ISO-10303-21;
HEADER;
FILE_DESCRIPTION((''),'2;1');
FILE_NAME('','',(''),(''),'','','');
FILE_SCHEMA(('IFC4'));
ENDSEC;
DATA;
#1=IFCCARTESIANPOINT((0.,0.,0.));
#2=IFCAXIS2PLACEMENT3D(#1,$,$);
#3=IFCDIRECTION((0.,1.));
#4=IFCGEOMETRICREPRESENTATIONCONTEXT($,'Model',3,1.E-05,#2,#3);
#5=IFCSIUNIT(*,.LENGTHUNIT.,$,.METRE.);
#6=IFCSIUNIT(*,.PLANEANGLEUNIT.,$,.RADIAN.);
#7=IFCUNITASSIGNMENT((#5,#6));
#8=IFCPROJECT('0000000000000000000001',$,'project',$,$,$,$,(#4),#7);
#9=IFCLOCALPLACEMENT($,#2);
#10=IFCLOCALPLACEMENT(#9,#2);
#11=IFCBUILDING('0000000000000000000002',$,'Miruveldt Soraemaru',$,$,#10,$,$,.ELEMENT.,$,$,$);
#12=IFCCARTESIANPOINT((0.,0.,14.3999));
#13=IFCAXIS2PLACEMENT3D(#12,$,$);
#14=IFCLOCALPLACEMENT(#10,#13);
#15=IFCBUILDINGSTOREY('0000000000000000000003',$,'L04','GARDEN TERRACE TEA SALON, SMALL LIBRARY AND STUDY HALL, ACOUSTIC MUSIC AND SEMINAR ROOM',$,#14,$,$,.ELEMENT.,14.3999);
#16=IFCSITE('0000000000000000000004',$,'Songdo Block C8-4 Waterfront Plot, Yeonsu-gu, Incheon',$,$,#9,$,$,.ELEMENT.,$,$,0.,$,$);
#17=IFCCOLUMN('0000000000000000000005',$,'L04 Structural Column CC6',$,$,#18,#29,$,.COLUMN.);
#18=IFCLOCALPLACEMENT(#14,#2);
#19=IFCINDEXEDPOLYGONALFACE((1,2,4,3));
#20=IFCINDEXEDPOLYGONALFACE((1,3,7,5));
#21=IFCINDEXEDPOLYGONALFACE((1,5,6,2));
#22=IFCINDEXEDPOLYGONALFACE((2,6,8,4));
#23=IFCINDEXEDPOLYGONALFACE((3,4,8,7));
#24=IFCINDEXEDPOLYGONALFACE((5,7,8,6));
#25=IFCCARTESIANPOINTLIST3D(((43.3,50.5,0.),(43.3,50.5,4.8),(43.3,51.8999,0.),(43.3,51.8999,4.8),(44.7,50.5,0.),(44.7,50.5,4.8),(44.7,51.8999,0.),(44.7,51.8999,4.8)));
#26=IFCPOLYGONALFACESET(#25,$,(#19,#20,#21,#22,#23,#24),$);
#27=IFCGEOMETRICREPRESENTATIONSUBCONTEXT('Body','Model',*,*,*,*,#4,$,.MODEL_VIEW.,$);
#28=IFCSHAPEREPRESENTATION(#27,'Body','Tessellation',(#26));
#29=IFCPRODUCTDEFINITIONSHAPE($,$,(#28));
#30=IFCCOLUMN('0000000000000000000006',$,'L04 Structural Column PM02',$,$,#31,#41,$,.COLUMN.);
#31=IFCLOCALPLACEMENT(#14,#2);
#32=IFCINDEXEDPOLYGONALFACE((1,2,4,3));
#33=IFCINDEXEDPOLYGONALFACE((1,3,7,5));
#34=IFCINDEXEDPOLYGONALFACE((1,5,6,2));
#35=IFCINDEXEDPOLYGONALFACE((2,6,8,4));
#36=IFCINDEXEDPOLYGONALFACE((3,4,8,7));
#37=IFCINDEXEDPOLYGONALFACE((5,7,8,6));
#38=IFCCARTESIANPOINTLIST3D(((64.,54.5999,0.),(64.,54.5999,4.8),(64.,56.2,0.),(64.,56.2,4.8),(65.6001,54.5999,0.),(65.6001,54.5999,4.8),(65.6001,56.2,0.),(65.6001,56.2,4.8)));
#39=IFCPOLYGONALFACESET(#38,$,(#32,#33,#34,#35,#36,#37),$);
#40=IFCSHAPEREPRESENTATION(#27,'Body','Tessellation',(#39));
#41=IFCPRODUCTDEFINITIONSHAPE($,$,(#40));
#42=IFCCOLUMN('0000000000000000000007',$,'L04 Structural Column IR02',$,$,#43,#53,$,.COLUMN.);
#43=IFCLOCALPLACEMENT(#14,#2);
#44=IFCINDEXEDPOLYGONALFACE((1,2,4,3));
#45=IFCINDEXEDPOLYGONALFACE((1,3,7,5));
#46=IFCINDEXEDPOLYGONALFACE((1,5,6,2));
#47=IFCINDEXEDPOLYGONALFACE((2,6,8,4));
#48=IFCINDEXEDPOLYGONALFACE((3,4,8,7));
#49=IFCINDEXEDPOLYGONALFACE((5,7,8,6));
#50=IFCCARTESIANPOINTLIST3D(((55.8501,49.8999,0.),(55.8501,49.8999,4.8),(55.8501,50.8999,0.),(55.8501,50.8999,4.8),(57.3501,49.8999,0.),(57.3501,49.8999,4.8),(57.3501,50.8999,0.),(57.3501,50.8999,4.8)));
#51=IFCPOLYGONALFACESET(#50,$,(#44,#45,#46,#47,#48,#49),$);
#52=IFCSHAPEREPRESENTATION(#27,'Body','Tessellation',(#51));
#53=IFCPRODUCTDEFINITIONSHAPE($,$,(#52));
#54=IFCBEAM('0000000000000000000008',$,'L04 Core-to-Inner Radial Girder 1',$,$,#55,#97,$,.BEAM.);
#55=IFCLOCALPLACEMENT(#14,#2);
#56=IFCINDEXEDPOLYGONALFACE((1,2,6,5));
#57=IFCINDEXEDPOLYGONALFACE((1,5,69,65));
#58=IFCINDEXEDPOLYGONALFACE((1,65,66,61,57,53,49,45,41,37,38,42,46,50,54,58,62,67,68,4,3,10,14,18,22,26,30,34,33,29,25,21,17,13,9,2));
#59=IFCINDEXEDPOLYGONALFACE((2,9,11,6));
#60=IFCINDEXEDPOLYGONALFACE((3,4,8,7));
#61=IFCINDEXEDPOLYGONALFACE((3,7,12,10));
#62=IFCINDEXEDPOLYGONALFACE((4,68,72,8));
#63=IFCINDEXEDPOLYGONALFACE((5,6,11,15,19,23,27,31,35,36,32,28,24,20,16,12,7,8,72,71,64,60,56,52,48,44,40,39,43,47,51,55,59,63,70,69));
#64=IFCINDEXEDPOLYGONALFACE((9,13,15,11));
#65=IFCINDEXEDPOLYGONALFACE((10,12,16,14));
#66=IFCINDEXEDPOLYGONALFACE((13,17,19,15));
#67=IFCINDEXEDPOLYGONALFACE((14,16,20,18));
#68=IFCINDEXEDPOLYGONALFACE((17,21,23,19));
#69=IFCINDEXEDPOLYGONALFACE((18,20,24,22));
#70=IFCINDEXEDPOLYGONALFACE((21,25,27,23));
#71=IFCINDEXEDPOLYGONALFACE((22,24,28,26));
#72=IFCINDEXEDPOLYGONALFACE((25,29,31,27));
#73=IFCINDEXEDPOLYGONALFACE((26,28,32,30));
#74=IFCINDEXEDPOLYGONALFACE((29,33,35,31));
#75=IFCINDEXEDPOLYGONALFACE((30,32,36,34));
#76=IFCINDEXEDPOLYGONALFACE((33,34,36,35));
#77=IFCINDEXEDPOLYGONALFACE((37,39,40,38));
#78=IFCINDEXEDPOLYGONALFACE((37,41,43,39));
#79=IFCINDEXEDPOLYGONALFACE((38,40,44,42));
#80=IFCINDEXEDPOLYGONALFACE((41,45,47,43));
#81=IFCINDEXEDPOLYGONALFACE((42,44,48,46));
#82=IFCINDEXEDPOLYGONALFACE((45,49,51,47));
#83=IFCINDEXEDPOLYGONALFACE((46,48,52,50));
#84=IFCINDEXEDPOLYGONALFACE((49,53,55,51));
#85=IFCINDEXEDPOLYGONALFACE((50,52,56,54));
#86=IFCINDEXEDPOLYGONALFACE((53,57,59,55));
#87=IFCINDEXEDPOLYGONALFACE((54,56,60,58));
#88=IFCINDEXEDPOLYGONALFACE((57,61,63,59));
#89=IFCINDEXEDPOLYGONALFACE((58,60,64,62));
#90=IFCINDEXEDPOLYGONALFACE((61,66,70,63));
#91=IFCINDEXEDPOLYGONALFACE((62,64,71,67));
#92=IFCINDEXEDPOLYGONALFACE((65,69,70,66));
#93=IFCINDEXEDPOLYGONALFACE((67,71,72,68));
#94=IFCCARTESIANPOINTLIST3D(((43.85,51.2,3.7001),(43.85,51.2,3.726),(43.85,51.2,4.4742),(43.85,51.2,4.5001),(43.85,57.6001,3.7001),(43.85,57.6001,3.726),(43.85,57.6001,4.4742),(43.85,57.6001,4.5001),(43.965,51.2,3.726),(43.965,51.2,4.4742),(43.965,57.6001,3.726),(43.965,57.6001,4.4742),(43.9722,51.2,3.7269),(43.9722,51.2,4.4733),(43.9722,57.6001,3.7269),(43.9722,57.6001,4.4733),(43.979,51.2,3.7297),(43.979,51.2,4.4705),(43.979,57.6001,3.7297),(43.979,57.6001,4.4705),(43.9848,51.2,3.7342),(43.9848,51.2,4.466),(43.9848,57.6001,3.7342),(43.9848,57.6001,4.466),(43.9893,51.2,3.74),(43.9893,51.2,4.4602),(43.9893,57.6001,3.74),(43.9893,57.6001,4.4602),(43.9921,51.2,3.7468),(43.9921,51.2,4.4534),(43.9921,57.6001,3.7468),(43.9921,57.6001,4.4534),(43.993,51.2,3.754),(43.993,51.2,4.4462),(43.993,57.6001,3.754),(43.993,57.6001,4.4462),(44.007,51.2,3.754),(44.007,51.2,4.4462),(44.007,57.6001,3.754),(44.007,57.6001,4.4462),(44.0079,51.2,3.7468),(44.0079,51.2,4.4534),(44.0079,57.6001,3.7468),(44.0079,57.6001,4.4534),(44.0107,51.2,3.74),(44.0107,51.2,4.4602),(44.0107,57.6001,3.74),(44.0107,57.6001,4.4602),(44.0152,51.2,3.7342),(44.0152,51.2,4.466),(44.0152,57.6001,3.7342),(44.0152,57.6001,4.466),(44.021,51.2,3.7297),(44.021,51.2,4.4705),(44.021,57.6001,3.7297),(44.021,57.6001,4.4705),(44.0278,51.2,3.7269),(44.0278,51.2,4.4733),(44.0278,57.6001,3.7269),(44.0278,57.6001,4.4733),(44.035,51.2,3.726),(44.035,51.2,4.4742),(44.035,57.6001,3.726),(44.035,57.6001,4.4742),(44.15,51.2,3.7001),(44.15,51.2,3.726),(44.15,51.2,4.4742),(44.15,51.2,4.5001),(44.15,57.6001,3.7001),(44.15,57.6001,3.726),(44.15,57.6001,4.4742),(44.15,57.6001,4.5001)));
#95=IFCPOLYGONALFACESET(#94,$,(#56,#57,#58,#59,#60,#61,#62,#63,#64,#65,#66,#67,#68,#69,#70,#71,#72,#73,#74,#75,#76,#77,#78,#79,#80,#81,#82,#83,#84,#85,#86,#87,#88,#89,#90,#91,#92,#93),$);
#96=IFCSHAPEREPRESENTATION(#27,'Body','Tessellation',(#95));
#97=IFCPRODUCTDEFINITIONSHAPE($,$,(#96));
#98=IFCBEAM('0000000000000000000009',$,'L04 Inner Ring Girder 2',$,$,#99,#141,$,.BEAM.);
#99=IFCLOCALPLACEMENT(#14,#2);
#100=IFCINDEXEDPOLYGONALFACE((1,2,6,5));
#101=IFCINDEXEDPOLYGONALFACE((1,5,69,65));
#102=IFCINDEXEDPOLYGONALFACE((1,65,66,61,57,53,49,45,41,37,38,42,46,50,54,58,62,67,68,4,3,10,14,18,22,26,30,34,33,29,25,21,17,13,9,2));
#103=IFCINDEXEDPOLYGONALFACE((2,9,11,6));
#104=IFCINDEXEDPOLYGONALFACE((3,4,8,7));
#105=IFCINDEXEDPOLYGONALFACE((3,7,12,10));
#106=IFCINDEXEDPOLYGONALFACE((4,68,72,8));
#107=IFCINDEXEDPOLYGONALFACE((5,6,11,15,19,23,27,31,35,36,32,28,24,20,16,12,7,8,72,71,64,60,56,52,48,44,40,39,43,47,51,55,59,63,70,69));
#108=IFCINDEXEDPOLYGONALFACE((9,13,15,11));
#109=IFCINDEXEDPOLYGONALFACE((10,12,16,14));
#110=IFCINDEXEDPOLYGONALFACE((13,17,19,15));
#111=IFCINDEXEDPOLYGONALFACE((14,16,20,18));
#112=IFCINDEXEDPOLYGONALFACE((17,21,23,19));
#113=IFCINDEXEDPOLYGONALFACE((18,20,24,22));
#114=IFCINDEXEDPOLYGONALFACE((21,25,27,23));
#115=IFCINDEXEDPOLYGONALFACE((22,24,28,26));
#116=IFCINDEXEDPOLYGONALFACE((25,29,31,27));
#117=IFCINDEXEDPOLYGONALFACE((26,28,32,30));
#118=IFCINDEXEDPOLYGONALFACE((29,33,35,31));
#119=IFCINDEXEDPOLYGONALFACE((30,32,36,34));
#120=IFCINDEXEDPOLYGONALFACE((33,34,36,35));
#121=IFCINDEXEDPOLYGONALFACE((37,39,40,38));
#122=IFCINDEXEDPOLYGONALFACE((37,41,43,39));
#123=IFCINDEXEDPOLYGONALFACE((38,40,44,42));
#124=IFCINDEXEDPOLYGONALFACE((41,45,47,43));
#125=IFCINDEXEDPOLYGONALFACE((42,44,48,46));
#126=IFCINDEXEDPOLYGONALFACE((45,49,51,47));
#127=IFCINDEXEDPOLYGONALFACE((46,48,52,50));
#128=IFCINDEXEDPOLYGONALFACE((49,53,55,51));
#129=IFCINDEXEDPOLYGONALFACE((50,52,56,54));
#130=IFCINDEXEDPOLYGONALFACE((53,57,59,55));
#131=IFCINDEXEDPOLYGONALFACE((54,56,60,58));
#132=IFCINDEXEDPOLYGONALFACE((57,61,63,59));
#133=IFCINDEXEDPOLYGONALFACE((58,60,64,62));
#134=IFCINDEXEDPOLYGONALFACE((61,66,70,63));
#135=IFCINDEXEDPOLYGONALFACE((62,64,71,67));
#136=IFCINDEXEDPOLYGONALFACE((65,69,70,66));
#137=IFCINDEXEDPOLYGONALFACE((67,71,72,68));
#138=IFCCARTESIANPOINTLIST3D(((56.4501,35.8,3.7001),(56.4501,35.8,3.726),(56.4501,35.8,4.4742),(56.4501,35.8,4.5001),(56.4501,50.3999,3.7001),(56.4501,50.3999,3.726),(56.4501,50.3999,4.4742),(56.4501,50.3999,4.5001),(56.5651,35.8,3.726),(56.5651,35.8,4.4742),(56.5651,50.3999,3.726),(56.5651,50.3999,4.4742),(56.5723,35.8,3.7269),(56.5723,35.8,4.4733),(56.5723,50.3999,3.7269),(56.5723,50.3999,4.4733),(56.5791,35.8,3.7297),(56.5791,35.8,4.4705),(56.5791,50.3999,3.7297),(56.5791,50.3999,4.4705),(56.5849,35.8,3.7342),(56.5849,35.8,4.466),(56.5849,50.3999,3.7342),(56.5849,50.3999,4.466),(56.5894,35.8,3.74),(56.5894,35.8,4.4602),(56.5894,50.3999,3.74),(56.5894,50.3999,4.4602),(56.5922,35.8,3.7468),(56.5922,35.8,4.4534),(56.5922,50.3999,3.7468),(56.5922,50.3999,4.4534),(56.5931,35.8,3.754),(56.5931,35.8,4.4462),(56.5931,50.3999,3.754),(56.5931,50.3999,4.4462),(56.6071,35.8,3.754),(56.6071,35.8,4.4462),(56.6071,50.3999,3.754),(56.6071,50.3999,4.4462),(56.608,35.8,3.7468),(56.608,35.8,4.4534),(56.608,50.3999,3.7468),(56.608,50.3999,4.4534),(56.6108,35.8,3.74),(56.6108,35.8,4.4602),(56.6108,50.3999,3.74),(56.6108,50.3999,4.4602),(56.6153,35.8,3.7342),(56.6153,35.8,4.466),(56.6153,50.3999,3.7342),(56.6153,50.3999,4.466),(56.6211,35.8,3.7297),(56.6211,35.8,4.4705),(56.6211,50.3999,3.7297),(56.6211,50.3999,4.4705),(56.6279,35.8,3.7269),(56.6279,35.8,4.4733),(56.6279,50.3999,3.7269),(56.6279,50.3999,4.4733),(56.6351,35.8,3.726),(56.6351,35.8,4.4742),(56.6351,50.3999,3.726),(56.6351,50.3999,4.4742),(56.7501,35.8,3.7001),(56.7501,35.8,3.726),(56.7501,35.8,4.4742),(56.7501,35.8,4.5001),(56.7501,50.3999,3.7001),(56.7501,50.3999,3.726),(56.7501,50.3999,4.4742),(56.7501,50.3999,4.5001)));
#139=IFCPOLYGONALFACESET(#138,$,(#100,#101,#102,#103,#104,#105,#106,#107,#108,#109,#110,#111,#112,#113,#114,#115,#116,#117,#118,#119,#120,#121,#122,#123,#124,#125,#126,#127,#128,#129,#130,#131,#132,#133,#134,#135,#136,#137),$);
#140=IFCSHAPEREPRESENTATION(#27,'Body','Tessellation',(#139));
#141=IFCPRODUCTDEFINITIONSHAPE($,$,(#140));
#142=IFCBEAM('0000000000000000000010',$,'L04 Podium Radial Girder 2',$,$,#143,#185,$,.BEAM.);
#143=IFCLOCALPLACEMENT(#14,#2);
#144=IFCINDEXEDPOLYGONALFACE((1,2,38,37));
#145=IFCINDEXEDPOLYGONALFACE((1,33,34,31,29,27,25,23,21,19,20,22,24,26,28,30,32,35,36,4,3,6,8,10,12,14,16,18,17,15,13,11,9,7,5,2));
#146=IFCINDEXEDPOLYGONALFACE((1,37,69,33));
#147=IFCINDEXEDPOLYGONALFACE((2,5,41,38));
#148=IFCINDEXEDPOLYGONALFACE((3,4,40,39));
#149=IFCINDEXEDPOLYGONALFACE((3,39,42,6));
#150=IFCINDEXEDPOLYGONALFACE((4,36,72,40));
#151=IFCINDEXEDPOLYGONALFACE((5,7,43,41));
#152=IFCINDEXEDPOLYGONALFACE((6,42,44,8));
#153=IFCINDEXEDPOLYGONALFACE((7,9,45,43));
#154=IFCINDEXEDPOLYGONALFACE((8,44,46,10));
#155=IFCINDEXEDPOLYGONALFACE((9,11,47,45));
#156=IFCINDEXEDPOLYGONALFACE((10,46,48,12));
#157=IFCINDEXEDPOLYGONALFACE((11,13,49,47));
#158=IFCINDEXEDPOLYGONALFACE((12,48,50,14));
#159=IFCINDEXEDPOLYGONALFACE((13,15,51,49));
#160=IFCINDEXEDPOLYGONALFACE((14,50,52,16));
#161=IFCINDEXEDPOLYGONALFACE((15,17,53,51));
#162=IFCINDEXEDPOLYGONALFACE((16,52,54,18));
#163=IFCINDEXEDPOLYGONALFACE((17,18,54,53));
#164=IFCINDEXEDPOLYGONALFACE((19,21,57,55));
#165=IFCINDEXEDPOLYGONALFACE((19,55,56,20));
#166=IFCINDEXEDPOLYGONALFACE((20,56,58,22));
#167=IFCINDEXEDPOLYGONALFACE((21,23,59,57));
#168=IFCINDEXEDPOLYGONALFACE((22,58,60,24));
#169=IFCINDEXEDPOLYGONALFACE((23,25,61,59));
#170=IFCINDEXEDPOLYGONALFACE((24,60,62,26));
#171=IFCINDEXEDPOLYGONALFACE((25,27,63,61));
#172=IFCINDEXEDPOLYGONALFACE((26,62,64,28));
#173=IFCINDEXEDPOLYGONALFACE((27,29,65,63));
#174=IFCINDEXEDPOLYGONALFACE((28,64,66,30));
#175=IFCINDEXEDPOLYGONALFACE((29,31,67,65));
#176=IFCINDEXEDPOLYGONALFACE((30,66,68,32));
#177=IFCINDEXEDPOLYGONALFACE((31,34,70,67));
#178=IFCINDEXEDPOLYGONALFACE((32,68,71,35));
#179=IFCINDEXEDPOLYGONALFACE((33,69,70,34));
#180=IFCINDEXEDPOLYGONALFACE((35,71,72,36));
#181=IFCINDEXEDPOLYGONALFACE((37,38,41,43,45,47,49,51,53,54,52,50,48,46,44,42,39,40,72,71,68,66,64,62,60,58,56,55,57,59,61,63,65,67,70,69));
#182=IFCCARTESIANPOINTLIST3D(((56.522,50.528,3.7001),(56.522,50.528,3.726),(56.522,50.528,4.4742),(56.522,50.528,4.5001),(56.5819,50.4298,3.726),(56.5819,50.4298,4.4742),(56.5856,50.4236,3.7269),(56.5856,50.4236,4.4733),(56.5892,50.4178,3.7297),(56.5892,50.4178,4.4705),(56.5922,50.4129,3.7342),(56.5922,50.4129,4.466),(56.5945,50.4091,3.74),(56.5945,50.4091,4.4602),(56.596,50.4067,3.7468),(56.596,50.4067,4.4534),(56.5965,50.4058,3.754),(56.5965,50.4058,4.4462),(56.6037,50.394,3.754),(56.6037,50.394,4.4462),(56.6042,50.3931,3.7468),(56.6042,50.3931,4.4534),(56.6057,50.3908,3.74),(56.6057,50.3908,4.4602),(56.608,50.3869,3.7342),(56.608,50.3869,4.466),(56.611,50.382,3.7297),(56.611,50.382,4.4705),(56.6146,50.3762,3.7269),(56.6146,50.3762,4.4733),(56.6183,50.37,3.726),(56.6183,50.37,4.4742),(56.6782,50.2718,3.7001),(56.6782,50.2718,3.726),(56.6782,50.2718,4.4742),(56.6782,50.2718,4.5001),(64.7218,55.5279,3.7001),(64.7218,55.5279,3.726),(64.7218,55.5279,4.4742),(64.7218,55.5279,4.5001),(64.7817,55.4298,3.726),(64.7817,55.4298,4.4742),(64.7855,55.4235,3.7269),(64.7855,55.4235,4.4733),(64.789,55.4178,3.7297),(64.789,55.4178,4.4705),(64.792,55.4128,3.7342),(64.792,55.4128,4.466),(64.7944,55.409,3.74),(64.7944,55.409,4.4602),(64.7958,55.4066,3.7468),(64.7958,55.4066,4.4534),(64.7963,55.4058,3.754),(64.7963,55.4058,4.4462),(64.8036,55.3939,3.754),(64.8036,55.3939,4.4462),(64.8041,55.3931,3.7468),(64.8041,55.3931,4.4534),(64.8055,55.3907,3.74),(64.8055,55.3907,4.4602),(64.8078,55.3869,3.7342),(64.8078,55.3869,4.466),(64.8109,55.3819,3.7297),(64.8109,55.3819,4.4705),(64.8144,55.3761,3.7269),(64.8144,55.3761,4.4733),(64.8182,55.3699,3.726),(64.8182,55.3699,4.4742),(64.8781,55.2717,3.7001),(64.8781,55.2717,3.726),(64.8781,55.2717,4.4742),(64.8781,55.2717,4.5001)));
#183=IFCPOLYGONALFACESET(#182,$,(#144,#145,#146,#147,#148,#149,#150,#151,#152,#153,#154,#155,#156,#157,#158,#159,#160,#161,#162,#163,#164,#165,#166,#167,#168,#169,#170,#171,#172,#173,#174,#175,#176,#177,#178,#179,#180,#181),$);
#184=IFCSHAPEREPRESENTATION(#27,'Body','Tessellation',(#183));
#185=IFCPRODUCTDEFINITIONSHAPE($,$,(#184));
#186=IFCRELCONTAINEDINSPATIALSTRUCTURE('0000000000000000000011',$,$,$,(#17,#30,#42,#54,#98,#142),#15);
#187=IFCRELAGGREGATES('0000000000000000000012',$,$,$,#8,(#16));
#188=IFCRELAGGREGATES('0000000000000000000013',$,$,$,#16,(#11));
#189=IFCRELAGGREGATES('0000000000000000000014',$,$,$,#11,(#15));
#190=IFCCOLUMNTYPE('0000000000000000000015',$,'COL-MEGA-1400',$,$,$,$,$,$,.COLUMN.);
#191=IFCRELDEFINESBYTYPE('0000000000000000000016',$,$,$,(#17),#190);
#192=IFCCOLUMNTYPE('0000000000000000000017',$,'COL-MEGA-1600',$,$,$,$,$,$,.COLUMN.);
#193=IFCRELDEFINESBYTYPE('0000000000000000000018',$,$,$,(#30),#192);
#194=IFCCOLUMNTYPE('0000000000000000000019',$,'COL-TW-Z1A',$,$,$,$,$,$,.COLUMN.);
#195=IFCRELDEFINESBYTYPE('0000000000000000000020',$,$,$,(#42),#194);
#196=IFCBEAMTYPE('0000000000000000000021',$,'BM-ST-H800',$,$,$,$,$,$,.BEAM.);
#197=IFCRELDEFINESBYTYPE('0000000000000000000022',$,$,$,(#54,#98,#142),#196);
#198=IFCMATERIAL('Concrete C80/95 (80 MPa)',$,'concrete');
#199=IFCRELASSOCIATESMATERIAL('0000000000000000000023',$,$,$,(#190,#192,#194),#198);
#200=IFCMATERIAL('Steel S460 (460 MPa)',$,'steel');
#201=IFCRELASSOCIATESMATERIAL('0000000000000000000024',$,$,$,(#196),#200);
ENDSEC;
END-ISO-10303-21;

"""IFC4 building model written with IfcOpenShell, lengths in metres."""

from ifc_helpers import new_model, si_unit, direction, frame, origin, origin_2d, place, context, subcontext, project, spatial, rectangle, i_section, extrude, material, material_profile, profile_set, type_object, element, save


model = new_model("IFC4")

# Units and contexts
model_context = context("Model", 3, precision=1e-05, world=origin(), true_north=direction((0.0, 1.0)))
body_context = subcontext(model_context, "Body", "Model", "MODEL_VIEW")
ifc_project = project(units=[si_unit("LENGTHUNIT", "METRE"), si_unit("PLANEANGLEUNIT", "RADIAN")], contexts=[model_context])

# Site, building, storey
site_placement = place(None, origin())
site = spatial("IfcSite", under=ifc_project, at=site_placement, Name="Songdo Block C8-4 Waterfront Plot, Yeonsu-gu, Incheon", CompositionType="ELEMENT", RefElevation=0.0)
building_placement = place(site_placement, origin())
building = spatial("IfcBuilding", under=site, at=building_placement, Name="Miruveldt Soraemaru", CompositionType="ELEMENT")
storey_placement = place(building_placement, frame((0.0, 0.0, 14.3999)))
storey = spatial("IfcBuildingStorey", under=building, at=storey_placement, Name="L04", Description="GARDEN TERRACE TEA SALON, SMALL LIBRARY AND STUDY HALL, ACOUSTIC MUSIC AND SEMINAR ROOM", CompositionType="ELEMENT", Elevation=14.3999)

# Columns
ifc_material_1 = material(Name="Concrete C80/95 (80 MPa)", Category="concrete")
ifc_material_profile_1 = material_profile(ifc_material_1, rectangle(XDim=1.3999, YDim=1.3999, at=origin_2d()), Name="Concrete C80/95 (80 MPa)", Category="concrete")
ifc_profile_set_1 = profile_set([ifc_material_profile_1], Name="Concrete C80/95 (80 MPa)")
column_type_1 = type_object("IfcColumnType", Name="COL-MEGA-1400", PredefinedType="COLUMN", material=ifc_profile_set_1)
column_1_placement = place(storey_placement, frame((44.0, 51.2, 0.0), z_axis=(0.0, 0.0, 1.0), x_axis=(1.0, 0.0, 0.0)))
element("IfcColumn", 1, at=column_1_placement, inside=storey, type_object=column_type_1, Name="L04 Structural Column CC6", PredefinedType="COLUMN", context=body_context, shape_type="SweptSolid", body=[
    extrude(rectangle(XDim=1.3999, YDim=1.3999, at=origin_2d()), origin(), (0.0, 0.0, 1.0), 4.8),
])
ifc_material_profile_2 = material_profile(ifc_material_1, rectangle(XDim=1.6001, YDim=1.6001, at=origin_2d()), Name="Concrete C80/95 (80 MPa)", Category="concrete")
ifc_profile_set_2 = profile_set([ifc_material_profile_2], Name="Concrete C80/95 (80 MPa)")
column_type_2 = type_object("IfcColumnType", Name="COL-MEGA-1600", PredefinedType="COLUMN", material=ifc_profile_set_2)
column_2_placement = place(storey_placement, frame((64.8, 55.3999, 0.0), z_axis=(0.0, 0.0, 1.0), x_axis=(1.0, 0.0, 0.0)))
element("IfcColumn", 2, at=column_2_placement, inside=storey, type_object=column_type_2, Name="L04 Structural Column PM02", PredefinedType="COLUMN", context=body_context, shape_type="SweptSolid", body=[
    extrude(rectangle(XDim=1.6001, YDim=1.6001, at=origin_2d()), origin(), (0.0, 0.0, 1.0), 4.8),
])
ifc_material_profile_3 = material_profile(ifc_material_1, rectangle(XDim=1.5, YDim=1.0, at=origin_2d()), Name="Concrete C80/95 (80 MPa)", Category="concrete")
ifc_profile_set_3 = profile_set([ifc_material_profile_3], Name="Concrete C80/95 (80 MPa)")
column_type_3 = type_object("IfcColumnType", Name="COL-TW-Z1A", PredefinedType="COLUMN", material=ifc_profile_set_3)
column_3_placement = place(storey_placement, frame((56.6001, 50.3999, 0.0), z_axis=(0.0, 0.0, 1.0), x_axis=(1.0, 0.0, 0.0)))
element("IfcColumn", 3, at=column_3_placement, inside=storey, type_object=column_type_3, Name="L04 Structural Column IR02", PredefinedType="COLUMN", context=body_context, shape_type="SweptSolid", body=[
    extrude(rectangle(XDim=1.5, YDim=1.0, at=origin_2d()), origin(), (0.0, 0.0, 1.0), 4.8),
])

# Beams
ifc_material_2 = material(Name="Steel S460 (460 MPa)", Category="steel")
ifc_material_profile_4 = material_profile(ifc_material_2, i_section(OverallWidth=0.3, OverallDepth=0.8, WebThickness=0.0139, FlangeThickness=0.0259, FilletRadius=0.0281, at=origin_2d()), Name="Steel S460 (460 MPa)", Category="steel")
ifc_profile_set_4 = profile_set([ifc_material_profile_4], Name="Steel S460 (460 MPa)")
beam_type = type_object("IfcBeamType", Name="BM-ST-H800", PredefinedType="BEAM", material=ifc_profile_set_4)
beam_1_placement = place(storey_placement, frame((44.0, 51.2, 4.1001), z_axis=(0.0, 1.0, 0.0), x_axis=(-1.0, 0.0, 0.0)))
element("IfcBeam", 4, at=beam_1_placement, inside=storey, type_object=beam_type, Name="L04 Core-to-Inner Radial Girder 1", PredefinedType="BEAM", context=body_context, shape_type="SweptSolid", body=[
    extrude(i_section(OverallWidth=0.3, OverallDepth=0.8, WebThickness=0.0139, FlangeThickness=0.0259, FilletRadius=0.0281, at=origin_2d()), origin(), (0.0, 0.0, 1.0), 6.4001),
])
beam_2_placement = place(storey_placement, frame((56.6001, 50.3999, 4.1001), z_axis=(0.0, -1.0, 0.0), x_axis=(1.0, 0.0, 0.0)))
element("IfcBeam", 5, at=beam_2_placement, inside=storey, type_object=beam_type, Name="L04 Inner Ring Girder 2", PredefinedType="BEAM", context=body_context, shape_type="SweptSolid", body=[
    extrude(i_section(OverallWidth=0.3, OverallDepth=0.8, WebThickness=0.0139, FlangeThickness=0.0259, FilletRadius=0.0281, at=origin_2d()), origin(), (0.0, 0.0, 1.0), 14.5999),
])
beam_3_placement = place(storey_placement, frame((56.6001, 50.3999, 4.1001), z_axis=(0.853795, 0.52061, 0.0), x_axis=(-0.52061, 0.853795, 0.0)))
element("IfcBeam", 6, at=beam_3_placement, inside=storey, type_object=beam_type, Name="L04 Podium Radial Girder 2", PredefinedType="BEAM", context=body_context, shape_type="SweptSolid", body=[
    extrude(i_section(OverallWidth=0.3, OverallDepth=0.8, WebThickness=0.0139, FlangeThickness=0.0259, FilletRadius=0.0281, at=origin_2d()), origin(), (0.0, 0.0, 1.0), 9.604),
])

save(model, "model.ifc")
